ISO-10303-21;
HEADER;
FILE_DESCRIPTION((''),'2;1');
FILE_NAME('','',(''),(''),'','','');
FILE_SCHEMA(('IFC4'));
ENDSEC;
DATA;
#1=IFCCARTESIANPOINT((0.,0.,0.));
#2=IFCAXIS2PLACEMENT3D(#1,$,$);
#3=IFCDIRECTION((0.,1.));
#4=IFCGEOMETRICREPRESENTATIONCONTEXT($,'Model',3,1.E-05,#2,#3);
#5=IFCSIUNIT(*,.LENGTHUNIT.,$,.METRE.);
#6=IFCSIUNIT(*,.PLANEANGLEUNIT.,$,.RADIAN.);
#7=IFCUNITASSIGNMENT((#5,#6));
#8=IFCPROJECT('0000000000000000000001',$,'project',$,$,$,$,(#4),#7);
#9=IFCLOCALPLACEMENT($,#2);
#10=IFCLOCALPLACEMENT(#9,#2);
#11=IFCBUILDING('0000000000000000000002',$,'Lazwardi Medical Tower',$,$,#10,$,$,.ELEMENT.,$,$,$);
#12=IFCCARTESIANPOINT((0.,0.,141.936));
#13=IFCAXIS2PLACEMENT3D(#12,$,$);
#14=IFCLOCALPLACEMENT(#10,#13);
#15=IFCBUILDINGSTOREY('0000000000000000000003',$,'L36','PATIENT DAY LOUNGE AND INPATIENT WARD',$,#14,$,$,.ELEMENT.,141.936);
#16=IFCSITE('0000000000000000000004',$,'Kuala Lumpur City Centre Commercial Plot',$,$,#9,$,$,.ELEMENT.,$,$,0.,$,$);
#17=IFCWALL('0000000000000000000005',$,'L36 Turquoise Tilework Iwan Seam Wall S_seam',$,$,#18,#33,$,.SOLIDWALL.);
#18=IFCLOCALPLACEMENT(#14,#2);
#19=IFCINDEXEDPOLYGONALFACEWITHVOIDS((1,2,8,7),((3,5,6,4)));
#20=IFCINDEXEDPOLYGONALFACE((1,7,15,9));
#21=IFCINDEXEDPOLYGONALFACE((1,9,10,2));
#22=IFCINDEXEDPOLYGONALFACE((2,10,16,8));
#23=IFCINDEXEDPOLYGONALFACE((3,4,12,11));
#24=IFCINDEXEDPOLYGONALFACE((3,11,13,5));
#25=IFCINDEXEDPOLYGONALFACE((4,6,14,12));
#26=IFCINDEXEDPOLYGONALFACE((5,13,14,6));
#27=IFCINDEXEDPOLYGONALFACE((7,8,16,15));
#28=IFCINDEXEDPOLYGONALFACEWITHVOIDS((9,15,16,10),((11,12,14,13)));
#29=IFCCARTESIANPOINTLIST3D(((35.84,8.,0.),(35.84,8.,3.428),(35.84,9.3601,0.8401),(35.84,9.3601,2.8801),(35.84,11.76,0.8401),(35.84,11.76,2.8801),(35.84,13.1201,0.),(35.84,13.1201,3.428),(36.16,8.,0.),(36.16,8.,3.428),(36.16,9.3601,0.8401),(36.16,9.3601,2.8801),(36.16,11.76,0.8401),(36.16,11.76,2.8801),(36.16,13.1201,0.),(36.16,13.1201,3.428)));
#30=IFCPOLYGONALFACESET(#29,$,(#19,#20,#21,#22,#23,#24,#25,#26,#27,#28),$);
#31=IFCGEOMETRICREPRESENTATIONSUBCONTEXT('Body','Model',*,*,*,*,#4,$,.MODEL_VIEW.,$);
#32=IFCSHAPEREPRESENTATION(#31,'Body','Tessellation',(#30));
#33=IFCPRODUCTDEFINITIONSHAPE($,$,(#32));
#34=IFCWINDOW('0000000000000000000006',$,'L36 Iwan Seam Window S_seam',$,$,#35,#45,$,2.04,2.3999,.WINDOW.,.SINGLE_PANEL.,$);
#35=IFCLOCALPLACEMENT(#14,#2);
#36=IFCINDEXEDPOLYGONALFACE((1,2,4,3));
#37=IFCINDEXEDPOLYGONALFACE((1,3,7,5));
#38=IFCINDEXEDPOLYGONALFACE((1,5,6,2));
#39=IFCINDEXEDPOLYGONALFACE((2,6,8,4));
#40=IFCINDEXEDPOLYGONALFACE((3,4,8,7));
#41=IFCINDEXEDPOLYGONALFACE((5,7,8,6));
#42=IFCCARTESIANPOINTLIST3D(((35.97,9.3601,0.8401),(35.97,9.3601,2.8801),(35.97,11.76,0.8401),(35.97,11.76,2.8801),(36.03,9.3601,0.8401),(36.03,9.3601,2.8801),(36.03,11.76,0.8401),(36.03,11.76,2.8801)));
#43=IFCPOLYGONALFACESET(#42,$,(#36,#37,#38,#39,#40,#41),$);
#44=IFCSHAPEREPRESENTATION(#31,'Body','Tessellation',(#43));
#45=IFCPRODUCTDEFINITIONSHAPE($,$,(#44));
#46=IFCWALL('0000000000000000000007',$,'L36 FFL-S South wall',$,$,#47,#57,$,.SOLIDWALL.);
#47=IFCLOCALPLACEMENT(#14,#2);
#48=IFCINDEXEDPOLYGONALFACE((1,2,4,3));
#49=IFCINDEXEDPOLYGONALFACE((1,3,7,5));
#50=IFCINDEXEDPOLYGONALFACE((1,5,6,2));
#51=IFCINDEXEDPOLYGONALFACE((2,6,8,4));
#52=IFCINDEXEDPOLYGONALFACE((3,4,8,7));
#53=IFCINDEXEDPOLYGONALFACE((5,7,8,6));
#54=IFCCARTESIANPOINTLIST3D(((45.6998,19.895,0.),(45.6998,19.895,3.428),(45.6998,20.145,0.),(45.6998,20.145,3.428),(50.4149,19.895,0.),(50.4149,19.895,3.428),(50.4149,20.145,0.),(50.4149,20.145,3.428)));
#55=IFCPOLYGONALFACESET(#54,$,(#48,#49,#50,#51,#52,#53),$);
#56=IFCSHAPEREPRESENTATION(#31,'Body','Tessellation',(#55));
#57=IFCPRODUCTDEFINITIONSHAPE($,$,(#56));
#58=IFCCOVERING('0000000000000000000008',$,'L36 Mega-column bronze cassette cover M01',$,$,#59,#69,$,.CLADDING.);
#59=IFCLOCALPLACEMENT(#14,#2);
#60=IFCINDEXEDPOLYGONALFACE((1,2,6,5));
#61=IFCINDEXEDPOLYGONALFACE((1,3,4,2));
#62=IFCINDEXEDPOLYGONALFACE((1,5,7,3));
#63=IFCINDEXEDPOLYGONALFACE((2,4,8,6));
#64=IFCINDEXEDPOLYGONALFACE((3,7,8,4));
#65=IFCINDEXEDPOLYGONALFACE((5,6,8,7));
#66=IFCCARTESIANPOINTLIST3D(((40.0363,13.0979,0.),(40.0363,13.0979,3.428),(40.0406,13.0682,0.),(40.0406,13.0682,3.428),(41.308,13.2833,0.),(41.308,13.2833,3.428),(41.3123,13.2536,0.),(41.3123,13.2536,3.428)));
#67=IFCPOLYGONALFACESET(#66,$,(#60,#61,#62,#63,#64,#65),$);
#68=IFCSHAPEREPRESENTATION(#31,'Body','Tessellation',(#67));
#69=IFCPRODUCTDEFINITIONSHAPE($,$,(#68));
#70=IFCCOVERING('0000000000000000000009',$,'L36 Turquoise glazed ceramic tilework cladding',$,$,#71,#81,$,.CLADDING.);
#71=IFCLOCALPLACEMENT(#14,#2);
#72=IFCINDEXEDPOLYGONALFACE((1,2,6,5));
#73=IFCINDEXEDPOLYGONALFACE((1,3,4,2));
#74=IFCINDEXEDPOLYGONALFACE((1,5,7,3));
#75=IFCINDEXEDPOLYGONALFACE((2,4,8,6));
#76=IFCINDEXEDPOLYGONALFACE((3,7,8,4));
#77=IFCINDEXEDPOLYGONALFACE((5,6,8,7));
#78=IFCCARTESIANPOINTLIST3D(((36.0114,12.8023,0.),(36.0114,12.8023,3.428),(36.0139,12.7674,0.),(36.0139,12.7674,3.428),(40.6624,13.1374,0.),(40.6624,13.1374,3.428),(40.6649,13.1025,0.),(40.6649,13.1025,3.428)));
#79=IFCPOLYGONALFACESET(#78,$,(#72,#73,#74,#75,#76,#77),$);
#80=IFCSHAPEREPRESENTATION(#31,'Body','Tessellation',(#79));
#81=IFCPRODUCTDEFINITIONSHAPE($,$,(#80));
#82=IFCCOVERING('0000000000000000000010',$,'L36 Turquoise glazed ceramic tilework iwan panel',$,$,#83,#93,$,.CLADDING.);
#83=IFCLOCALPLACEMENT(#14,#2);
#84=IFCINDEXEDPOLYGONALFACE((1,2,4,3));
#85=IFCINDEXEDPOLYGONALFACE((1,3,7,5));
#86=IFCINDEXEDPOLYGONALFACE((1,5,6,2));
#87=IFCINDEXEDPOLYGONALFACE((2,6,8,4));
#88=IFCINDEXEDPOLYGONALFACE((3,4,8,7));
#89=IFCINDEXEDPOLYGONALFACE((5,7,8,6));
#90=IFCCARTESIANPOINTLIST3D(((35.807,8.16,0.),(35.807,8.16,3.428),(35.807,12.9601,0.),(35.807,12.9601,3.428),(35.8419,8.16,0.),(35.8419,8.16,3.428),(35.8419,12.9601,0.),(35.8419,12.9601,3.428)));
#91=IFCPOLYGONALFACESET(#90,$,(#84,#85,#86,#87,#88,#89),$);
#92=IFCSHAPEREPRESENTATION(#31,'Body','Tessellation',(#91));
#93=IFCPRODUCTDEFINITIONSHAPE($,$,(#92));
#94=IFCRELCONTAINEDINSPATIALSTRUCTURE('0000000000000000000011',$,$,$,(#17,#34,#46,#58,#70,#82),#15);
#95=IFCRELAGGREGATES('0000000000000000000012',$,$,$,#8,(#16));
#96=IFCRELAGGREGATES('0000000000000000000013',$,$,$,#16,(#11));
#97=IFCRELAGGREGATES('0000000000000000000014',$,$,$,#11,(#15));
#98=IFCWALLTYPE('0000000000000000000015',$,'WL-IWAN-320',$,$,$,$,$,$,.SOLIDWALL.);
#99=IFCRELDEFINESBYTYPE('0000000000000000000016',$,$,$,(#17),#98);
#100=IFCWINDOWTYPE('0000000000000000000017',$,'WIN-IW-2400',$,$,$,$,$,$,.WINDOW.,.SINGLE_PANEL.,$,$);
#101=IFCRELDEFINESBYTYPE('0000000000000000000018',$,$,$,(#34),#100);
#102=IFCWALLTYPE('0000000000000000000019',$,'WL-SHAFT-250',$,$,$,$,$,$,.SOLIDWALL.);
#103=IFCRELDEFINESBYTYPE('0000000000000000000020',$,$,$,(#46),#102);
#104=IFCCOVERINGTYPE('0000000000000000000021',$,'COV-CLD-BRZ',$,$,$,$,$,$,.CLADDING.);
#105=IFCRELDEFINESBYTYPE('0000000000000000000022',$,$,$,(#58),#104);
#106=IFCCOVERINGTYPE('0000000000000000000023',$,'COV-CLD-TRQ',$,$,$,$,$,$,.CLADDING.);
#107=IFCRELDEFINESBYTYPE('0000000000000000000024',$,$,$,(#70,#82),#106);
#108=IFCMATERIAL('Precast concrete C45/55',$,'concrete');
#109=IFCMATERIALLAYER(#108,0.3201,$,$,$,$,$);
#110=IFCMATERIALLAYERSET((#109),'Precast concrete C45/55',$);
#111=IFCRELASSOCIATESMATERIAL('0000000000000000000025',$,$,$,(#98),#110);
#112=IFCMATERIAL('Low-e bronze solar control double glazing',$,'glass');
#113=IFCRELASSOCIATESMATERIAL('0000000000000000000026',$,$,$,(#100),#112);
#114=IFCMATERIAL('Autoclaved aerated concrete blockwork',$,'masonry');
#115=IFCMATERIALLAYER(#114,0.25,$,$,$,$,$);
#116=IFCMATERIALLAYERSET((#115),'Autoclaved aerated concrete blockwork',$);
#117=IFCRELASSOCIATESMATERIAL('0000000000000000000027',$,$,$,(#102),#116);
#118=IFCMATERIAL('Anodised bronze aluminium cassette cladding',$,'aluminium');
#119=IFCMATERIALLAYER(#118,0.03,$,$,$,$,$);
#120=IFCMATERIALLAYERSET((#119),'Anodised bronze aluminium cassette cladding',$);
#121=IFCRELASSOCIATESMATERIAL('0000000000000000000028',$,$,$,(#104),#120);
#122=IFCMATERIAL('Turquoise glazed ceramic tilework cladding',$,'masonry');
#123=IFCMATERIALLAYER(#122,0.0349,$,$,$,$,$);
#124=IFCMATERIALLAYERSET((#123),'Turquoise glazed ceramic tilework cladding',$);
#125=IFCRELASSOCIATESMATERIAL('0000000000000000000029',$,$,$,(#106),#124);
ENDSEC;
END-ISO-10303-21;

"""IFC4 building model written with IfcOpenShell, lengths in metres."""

from ifc_helpers import new_model, si_unit, direction, frame, frame_2d, origin, origin_2d, place, context, subcontext, project, spatial, rectangle, extrude, material, layer, layer_set, type_object, element, fill, save


model = new_model("IFC4")

# Units and contexts
model_context = context("Model", 3, precision=1e-05, world=origin(), true_north=direction((0.0, 1.0)))
body_context = subcontext(model_context, "Body", "Model", "MODEL_VIEW")
ifc_project = project(units=[si_unit("LENGTHUNIT", "METRE"), si_unit("PLANEANGLEUNIT", "RADIAN")], contexts=[model_context])

# Site, building, storey
site_placement = place(None, origin())
site = spatial("IfcSite", under=ifc_project, at=site_placement, Name="Kuala Lumpur City Centre Commercial Plot", CompositionType="ELEMENT", RefElevation=0.0)
building_placement = place(site_placement, origin())
building = spatial("IfcBuilding", under=site, at=building_placement, Name="Lazwardi Medical Tower", CompositionType="ELEMENT")
storey_placement = place(building_placement, frame((0.0, 0.0, 141.936)))
storey = spatial("IfcBuildingStorey", under=building, at=storey_placement, Name="L36", Description="PATIENT DAY LOUNGE AND INPATIENT WARD", CompositionType="ELEMENT", Elevation=141.936)

# Shared definitions
ifc_material_1 = material(Name="Low-e bronze solar control double glazing", Category="glass")

# Wall, opening, window
ifc_material_2 = material(Name="Precast concrete C45/55", Category="concrete")
ifc_layer_1 = layer(ifc_material_2, 0.3201)
ifc_layer_set_1 = layer_set([ifc_layer_1], Name="Precast concrete C45/55")
wall_type_1 = type_object("IfcWallType", Name="WL-IWAN-320", PredefinedType="SOLIDWALL", material=ifc_layer_set_1)
wall_1_placement = place(storey_placement, frame((36.0, 8.0, 0.0), z_axis=(0.0, 0.0, 1.0), x_axis=(0.0, 1.0, 0.0)))
wall_1 = element("IfcWall", 1, at=wall_1_placement, inside=storey, type_object=wall_type_1, Name="L36 Turquoise Tilework Iwan Seam Wall S_seam", PredefinedType="SOLIDWALL", context=body_context, shape_type="SweptSolid", body=[
    extrude(rectangle(XDim=5.1201, YDim=0.3201, at=frame_2d((2.5601, 0.0))), origin(), (0.0, 0.0, 1.0), 3.428),
])
opening_1_placement = place(wall_1_placement, frame((1.3601, 0.0, 0.8401)))
opening_1 = element("IfcOpeningElement", 2, at=opening_1_placement, cuts=wall_1, PredefinedType="OPENING", context=body_context, shape_type="SweptSolid", body=[
    extrude(rectangle(XDim=2.3999, YDim=2.04, at=frame_2d((1.2, 1.02))), frame((0.0, 0.1699, 0.0), z_axis=(0.0, -1.0, 0.0), x_axis=(1.0, 0.0, 0.0)), (0.0, 0.0, 1.0), 0.3401),
])
window_type_1 = type_object("IfcWindowType", Name="WIN-IW-2400", PartitioningType="SINGLE_PANEL", PredefinedType="WINDOW", material=ifc_material_1)
window_1_placement = place(opening_1_placement, origin())
window_1 = element("IfcWindow", 3, at=window_1_placement, inside=storey, type_object=window_type_1, Name="L36 Iwan Seam Window S_seam", OverallHeight=2.04, OverallWidth=2.3999, PartitioningType="SINGLE_PANEL", PredefinedType="WINDOW", context=body_context, shape_type="SweptSolid", body=[
    extrude(rectangle(XDim=2.3999, YDim=2.04, at=frame_2d((1.2, 1.02))), frame((0.0, 0.03, 0.0), z_axis=(0.0, -1.0, 0.0), x_axis=(1.0, 0.0, 0.0)), (0.0, 0.0, 1.0), 0.0601),
])
fill(opening_1, window_1)

# Wall
ifc_material_3 = material(Name="Autoclaved aerated concrete blockwork", Category="masonry")
ifc_layer_2 = layer(ifc_material_3, 0.25)
ifc_layer_set_2 = layer_set([ifc_layer_2], Name="Autoclaved aerated concrete blockwork")
wall_type_2 = type_object("IfcWallType", Name="WL-SHAFT-250", PredefinedType="SOLIDWALL", material=ifc_layer_set_2)
wall_2_placement = place(storey_placement, frame((45.7, 20.02, 0.0), z_axis=(0.0, 0.0, 1.0), x_axis=(1.0, 0.0, 0.0)))
element("IfcWall", 4, at=wall_2_placement, inside=storey, type_object=wall_type_2, Name="L36 FFL-S South wall", PredefinedType="SOLIDWALL", context=body_context, shape_type="SweptSolid", body=[
    extrude(rectangle(XDim=4.7151, YDim=0.25, at=frame_2d((2.3574, 0.0))), origin(), (0.0, 0.0, 1.0), 3.428),
])

# Coverings
ifc_material_4 = material(Name="Anodised bronze aluminium cassette cladding", Category="aluminium")
ifc_layer_3 = layer(ifc_material_4, 0.03)
ifc_layer_set_3 = layer_set([ifc_layer_3], Name="Anodised bronze aluminium cassette cladding")
covering_type_1 = type_object("IfcCoveringType", Name="COV-CLD-BRZ", PredefinedType="CLADDING", material=ifc_layer_set_3)
covering_1_placement = place(storey_placement, frame((40.6743, 13.1758, 0.0), z_axis=(0.0, 0.0, 1.0), x_axis=(0.989539, 0.144265, 0.0)))
element("IfcCovering", 5, at=covering_1_placement, inside=storey, type_object=covering_type_1, Name="L36 Mega-column bronze cassette cover M01", PredefinedType="CLADDING", context=body_context, shape_type="SweptSolid", body=[
    extrude(rectangle(XDim=1.2852, YDim=0.03, at=origin_2d()), origin(), (0.0, 0.0, 1.0), 3.428),
])
ifc_material_5 = material(Name="Turquoise glazed ceramic tilework cladding", Category="masonry")
ifc_layer_4 = layer(ifc_material_5, 0.0349)
ifc_layer_set_4 = layer_set([ifc_layer_4], Name="Turquoise glazed ceramic tilework cladding")
covering_type_2 = type_object("IfcCoveringType", Name="COV-CLD-TRQ", PredefinedType="CLADDING", material=ifc_layer_set_4)
covering_2_placement = place(storey_placement, frame((38.3381, 12.9524, 0.0), z_axis=(0.0, 0.0, 1.0), x_axis=(0.997415, 0.071863, 0.0)))
element("IfcCovering", 6, at=covering_2_placement, inside=storey, type_object=covering_type_2, Name="L36 Turquoise glazed ceramic tilework cladding", PredefinedType="CLADDING", context=body_context, shape_type="SweptSolid", body=[
    extrude(rectangle(XDim=4.6631, YDim=0.0349, at=origin_2d()), origin(), (0.0, 0.0, 1.0), 3.428),
])
covering_3_placement = place(storey_placement, frame((35.8245, 10.5601, 0.0), z_axis=(0.0, 0.0, 1.0), x_axis=(0.0, 1.0, 0.0)))
element("IfcCovering", 7, at=covering_3_placement, inside=storey, type_object=covering_type_2, Name="L36 Turquoise glazed ceramic tilework iwan panel", PredefinedType="CLADDING", context=body_context, shape_type="SweptSolid", body=[
    extrude(rectangle(XDim=4.8, YDim=0.0349, at=origin_2d()), origin(), (0.0, 0.0, 1.0), 3.428),
])

save(model, "model.ifc")
